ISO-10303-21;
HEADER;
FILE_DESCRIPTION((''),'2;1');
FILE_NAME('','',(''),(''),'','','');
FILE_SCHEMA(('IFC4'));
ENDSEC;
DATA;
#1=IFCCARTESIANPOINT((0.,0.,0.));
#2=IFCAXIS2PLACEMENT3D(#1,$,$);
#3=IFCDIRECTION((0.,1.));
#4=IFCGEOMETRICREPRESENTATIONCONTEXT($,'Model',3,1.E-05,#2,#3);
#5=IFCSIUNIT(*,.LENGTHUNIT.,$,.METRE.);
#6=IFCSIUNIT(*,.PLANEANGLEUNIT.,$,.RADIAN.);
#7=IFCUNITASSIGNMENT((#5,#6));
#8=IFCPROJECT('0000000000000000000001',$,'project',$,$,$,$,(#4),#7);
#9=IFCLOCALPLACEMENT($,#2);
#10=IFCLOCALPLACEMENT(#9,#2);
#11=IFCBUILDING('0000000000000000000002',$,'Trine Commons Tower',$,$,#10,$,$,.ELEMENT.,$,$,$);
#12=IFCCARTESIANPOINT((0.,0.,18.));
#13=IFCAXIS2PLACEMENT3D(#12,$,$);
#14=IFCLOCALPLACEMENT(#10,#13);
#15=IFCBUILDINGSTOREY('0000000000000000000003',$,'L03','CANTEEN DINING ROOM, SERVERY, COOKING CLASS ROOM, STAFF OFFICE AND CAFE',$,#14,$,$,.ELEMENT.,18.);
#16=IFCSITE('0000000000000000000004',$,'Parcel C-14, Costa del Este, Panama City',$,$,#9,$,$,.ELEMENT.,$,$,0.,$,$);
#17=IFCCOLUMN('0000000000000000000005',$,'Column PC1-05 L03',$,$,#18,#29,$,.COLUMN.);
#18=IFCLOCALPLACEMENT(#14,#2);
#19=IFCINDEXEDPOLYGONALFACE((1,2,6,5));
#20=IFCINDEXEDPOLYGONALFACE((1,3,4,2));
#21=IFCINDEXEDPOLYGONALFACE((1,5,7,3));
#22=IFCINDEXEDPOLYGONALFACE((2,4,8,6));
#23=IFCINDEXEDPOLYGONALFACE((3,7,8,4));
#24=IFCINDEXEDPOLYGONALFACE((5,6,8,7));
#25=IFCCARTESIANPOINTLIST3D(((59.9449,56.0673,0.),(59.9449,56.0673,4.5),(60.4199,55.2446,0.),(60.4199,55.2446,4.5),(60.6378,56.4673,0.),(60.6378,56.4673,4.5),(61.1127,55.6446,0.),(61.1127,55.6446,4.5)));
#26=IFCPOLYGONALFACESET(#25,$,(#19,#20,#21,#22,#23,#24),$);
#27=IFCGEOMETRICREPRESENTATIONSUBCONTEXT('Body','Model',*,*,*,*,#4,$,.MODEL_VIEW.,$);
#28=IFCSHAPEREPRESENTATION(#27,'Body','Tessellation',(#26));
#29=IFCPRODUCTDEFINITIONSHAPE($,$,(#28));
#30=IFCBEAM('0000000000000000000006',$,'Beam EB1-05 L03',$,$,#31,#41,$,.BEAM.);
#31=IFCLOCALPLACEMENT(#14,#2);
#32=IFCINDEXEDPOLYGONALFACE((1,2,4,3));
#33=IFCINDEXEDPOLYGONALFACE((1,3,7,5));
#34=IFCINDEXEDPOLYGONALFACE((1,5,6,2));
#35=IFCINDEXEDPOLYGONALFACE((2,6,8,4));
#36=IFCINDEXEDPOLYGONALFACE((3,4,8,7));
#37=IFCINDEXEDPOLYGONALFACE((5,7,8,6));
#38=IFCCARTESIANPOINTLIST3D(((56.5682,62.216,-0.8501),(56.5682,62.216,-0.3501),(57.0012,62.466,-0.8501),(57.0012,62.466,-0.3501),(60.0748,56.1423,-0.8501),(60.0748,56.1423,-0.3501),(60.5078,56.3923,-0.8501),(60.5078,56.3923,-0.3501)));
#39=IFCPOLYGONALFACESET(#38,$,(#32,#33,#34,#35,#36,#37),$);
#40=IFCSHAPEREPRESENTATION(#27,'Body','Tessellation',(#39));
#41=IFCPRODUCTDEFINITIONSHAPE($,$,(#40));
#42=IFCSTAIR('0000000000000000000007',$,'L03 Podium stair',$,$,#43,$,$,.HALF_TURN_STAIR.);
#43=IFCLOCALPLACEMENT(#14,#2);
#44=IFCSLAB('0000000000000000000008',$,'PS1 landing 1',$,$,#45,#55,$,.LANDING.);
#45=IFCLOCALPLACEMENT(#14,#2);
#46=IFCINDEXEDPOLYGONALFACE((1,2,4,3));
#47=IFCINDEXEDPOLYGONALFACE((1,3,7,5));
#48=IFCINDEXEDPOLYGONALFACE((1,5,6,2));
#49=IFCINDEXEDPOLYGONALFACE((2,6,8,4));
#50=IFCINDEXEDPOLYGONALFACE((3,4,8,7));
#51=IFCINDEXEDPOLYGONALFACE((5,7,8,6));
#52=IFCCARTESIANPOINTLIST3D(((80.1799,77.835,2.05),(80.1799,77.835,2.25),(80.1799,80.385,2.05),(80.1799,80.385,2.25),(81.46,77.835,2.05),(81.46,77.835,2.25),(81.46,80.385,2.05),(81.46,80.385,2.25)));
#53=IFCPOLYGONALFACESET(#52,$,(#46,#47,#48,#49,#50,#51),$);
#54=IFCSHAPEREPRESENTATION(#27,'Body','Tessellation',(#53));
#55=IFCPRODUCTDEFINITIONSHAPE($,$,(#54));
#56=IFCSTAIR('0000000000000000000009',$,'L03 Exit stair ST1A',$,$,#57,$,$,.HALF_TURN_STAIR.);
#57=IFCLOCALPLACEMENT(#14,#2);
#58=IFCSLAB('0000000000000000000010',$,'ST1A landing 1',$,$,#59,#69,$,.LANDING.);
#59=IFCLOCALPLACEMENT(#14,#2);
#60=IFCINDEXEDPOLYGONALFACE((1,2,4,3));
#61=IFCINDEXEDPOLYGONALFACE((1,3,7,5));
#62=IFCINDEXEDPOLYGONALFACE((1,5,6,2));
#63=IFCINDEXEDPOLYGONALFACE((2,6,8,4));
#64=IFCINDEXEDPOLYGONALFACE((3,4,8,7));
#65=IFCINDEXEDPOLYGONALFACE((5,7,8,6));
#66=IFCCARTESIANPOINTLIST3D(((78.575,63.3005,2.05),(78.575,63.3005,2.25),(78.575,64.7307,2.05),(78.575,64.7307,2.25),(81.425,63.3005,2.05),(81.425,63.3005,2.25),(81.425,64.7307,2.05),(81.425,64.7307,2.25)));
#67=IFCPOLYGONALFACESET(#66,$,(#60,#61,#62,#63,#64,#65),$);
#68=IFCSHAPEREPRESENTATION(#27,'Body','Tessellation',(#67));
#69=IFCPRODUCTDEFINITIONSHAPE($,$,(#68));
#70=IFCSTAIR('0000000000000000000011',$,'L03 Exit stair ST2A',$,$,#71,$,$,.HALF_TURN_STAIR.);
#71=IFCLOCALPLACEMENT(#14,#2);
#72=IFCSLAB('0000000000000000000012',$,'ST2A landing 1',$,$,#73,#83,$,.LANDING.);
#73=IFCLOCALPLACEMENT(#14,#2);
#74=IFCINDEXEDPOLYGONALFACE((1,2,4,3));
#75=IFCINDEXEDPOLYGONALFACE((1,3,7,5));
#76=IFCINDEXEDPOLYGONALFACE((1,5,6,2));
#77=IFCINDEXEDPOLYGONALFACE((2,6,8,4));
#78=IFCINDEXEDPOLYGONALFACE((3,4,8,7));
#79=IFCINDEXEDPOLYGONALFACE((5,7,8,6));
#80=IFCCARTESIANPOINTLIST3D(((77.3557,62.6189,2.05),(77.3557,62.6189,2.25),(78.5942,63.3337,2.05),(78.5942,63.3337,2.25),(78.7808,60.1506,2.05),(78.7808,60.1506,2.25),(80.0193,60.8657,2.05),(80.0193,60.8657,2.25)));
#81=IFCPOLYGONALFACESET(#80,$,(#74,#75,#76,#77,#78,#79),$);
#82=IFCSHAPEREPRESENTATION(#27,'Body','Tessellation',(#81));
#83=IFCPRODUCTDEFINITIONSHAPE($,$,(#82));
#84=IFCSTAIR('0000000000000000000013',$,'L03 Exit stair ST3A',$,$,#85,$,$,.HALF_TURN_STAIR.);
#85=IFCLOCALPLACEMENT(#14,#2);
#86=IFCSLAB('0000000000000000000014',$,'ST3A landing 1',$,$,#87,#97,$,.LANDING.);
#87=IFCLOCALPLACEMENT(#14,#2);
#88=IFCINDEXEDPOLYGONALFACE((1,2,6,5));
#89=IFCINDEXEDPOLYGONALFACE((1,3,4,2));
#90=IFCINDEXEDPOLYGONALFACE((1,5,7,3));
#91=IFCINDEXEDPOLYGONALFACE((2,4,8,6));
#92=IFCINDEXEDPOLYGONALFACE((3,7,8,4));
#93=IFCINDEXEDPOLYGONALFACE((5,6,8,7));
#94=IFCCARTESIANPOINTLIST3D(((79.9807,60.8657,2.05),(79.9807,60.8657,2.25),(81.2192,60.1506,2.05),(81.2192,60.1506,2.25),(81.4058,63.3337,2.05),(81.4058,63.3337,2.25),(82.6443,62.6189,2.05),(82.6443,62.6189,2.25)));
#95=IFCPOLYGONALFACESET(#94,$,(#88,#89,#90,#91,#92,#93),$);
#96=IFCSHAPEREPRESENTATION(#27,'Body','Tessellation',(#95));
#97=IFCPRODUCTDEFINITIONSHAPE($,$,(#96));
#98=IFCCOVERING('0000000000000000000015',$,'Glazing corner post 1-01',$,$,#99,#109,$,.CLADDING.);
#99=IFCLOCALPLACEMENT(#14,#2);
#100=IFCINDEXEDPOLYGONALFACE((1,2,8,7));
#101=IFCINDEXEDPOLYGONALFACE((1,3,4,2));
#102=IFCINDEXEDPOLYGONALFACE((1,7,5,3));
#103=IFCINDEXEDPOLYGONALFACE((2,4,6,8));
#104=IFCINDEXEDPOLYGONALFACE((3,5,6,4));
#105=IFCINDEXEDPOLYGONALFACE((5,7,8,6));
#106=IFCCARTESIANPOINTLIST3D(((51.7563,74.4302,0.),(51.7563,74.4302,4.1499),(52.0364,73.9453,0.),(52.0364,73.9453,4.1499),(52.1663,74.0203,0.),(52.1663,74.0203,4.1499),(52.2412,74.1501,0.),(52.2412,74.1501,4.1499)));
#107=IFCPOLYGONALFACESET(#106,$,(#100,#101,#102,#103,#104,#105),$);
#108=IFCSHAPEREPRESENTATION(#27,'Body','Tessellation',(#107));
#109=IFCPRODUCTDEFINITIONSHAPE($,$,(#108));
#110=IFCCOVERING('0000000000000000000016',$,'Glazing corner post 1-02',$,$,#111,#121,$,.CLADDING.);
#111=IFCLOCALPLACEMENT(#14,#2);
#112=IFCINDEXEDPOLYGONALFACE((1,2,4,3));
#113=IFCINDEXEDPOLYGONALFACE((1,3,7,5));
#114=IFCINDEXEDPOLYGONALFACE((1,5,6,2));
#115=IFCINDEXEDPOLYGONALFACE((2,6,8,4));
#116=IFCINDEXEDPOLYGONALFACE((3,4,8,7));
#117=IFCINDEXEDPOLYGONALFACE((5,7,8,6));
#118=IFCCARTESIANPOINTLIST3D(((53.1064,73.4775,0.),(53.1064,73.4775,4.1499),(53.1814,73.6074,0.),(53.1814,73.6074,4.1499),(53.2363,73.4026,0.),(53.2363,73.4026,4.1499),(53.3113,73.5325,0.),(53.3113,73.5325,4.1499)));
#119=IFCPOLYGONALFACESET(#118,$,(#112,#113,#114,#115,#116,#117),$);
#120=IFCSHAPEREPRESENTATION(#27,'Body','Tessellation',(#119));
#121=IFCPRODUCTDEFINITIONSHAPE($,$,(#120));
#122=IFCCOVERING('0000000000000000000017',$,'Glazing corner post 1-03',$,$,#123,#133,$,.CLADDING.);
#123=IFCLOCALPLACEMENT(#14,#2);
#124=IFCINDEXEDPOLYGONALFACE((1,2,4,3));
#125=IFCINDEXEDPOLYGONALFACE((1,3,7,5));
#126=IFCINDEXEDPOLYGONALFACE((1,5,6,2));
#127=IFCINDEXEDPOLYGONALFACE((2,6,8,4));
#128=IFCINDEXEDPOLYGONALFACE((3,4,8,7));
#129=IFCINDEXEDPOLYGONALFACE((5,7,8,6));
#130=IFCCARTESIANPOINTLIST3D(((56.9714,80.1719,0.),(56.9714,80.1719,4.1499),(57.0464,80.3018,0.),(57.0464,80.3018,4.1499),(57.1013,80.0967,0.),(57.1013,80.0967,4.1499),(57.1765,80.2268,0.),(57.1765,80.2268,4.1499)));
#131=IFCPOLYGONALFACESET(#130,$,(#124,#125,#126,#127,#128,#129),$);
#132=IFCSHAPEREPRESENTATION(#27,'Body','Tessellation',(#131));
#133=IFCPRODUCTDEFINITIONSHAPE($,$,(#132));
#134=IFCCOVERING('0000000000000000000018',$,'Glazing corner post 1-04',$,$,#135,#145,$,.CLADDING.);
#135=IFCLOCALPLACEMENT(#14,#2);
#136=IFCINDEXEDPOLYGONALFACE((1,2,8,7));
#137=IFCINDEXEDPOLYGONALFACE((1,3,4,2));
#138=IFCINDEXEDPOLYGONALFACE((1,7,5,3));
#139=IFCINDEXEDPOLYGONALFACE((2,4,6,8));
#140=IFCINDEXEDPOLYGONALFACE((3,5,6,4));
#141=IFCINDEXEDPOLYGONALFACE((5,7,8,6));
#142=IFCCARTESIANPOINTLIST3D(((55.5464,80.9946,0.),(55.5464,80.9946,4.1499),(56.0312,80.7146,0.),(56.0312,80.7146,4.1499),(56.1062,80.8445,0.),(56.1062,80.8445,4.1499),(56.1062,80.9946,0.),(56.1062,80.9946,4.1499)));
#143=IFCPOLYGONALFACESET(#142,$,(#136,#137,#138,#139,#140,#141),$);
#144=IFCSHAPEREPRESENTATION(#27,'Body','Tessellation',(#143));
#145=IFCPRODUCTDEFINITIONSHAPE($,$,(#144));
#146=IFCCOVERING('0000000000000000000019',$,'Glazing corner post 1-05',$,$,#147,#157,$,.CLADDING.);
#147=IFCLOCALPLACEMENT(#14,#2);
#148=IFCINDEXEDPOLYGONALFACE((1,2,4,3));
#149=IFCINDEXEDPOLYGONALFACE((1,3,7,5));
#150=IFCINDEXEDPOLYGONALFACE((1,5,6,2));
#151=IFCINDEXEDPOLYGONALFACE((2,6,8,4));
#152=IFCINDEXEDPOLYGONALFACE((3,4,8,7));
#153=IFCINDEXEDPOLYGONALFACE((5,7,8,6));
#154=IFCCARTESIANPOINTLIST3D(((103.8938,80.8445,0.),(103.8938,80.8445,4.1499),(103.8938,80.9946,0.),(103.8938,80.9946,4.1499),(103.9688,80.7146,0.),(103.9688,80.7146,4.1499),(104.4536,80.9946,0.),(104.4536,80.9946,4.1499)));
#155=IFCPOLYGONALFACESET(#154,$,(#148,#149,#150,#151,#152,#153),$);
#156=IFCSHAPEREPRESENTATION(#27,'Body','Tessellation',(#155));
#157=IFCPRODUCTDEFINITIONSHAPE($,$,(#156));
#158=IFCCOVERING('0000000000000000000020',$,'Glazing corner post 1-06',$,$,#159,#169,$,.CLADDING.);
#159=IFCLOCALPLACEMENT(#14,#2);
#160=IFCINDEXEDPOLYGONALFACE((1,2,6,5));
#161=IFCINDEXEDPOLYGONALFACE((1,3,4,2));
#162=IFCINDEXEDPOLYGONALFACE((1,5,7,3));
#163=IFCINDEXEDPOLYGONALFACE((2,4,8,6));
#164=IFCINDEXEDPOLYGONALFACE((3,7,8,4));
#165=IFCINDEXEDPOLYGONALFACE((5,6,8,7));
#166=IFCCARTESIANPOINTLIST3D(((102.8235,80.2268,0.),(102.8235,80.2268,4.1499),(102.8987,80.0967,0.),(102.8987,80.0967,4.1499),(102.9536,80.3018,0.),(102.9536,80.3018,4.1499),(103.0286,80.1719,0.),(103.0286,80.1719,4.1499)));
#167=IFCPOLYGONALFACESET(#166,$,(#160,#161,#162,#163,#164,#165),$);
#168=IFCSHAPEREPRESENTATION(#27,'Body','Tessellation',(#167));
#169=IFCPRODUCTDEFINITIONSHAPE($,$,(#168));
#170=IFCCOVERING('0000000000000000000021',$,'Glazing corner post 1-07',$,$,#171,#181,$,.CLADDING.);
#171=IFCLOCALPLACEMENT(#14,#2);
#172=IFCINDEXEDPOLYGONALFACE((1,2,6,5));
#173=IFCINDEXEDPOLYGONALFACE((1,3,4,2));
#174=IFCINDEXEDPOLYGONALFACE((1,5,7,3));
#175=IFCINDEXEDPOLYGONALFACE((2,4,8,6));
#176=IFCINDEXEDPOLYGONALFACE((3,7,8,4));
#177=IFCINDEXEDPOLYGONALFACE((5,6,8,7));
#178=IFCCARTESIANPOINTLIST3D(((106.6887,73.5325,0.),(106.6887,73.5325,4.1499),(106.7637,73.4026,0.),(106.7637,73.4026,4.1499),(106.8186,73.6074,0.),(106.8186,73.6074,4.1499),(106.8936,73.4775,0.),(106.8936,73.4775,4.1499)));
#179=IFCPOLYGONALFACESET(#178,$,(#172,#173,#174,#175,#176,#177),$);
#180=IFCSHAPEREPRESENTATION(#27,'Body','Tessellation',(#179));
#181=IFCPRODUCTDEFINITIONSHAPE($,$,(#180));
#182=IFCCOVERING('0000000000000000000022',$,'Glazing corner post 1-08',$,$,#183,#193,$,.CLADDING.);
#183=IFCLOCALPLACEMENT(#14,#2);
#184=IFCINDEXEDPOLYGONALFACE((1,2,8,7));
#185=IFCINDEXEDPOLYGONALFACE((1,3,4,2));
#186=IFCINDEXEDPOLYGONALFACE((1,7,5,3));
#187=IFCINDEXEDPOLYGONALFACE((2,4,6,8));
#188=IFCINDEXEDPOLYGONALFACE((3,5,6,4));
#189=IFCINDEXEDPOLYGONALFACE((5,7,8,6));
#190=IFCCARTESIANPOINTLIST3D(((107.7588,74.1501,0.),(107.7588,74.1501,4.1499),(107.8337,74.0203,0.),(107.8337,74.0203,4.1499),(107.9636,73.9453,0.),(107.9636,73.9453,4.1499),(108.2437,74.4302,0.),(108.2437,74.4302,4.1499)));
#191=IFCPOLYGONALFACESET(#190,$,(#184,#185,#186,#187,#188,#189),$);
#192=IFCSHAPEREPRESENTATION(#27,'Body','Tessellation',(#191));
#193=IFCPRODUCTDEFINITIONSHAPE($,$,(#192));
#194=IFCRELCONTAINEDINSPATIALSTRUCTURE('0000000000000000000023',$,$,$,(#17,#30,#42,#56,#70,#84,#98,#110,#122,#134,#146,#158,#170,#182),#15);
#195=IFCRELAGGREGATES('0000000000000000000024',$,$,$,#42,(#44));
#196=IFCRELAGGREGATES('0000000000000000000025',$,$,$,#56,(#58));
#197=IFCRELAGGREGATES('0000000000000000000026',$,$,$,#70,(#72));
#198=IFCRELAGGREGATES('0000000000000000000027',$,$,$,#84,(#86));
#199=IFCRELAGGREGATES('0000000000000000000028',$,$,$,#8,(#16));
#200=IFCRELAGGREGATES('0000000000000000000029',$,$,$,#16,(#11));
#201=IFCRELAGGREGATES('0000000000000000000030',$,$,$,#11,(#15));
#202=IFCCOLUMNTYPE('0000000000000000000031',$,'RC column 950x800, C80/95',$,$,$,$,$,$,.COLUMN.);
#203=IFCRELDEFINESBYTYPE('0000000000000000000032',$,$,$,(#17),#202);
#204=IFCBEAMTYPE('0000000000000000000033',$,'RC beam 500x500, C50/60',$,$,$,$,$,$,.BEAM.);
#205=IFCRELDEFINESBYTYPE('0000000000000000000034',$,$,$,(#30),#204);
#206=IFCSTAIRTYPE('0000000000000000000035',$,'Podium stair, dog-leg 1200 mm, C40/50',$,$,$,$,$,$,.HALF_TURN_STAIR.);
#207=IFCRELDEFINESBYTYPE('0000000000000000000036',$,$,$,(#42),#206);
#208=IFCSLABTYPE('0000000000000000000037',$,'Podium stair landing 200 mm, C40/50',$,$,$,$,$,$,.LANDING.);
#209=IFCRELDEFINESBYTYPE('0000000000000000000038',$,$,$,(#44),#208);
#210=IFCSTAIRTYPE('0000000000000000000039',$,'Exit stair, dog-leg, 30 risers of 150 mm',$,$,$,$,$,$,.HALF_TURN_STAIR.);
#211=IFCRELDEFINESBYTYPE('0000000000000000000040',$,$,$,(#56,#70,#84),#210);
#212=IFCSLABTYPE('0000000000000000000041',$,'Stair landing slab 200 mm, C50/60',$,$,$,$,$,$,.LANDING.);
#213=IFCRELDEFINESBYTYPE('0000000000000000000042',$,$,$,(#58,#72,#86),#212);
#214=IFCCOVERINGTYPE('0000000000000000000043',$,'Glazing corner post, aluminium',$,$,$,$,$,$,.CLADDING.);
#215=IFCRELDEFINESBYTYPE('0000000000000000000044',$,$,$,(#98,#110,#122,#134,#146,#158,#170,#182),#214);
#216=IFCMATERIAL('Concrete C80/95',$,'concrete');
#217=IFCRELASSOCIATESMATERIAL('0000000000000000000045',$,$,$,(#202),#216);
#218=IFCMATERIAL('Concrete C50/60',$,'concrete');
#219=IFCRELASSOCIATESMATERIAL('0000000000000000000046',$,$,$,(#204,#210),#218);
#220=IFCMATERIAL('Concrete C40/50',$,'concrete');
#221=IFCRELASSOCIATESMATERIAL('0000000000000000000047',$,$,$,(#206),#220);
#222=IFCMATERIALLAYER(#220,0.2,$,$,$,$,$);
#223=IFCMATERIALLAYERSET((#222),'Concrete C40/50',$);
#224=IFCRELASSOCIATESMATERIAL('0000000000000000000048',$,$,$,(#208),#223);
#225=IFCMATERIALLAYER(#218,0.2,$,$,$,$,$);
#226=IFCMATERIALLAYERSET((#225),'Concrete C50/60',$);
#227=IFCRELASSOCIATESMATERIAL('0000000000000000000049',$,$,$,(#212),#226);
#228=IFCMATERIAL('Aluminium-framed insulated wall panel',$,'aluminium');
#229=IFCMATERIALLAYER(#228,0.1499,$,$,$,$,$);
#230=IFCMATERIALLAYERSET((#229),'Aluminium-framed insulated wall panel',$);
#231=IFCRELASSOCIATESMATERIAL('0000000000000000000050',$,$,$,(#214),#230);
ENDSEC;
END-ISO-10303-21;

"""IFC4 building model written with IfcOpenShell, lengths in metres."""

from ifc_helpers import new_model, si_unit, direction, frame, origin, origin_2d, place, context, subcontext, project, spatial, polyline, rectangle, outline, extrude, material, layer, layer_set, material_profile, profile_set, type_object, element, aggregate, save


model = new_model("IFC4")

# Units and contexts
model_context = context("Model", 3, precision=1e-05, world=origin(), true_north=direction((0.0, 1.0)))
body_context = subcontext(model_context, "Body", "Model", "MODEL_VIEW")
ifc_project = project(units=[si_unit("LENGTHUNIT", "METRE"), si_unit("PLANEANGLEUNIT", "RADIAN")], contexts=[model_context])

# Site, building, storey
site_placement = place(None, origin())
site = spatial("IfcSite", under=ifc_project, at=site_placement, Name="Parcel C-14, Costa del Este, Panama City", CompositionType="ELEMENT", RefElevation=0.0)
building_placement = place(site_placement, origin())
building = spatial("IfcBuilding", under=site, at=building_placement, Name="Trine Commons Tower", CompositionType="ELEMENT")
storey_placement = place(building_placement, frame((0.0, 0.0, 18.0)))
storey = spatial("IfcBuildingStorey", under=building, at=storey_placement, Name="L03", Description="CANTEEN DINING ROOM, SERVERY, COOKING CLASS ROOM, STAFF OFFICE AND CAFE", CompositionType="ELEMENT", Elevation=18.0)

# Column
ifc_material_1 = material(Name="Concrete C80/95", Category="concrete")
ifc_material_profile_1 = material_profile(ifc_material_1, rectangle(XDim=0.95, YDim=0.8, at=origin_2d()), Name="RC 950x800")
ifc_profile_set_1 = profile_set([ifc_material_profile_1], Name="Concrete C80/95")
column_type = type_object("IfcColumnType", Name="RC column 950x800, C80/95", PredefinedType="COLUMN", material=ifc_profile_set_1)
column_placement = place(storey_placement, frame((60.5288, 55.856, 0.0), z_axis=(0.0, 0.0, 1.0), x_axis=(-0.5, 0.866025, 0.0)))
element("IfcColumn", 1, at=column_placement, inside=storey, type_object=column_type, Name="Column PC1-05 L03", PredefinedType="COLUMN", context=body_context, shape_type="SweptSolid", body=[
    extrude(rectangle(XDim=0.95, YDim=0.8, at=origin_2d()), origin(), (0.0, 0.0, 1.0), 4.5),
])

# Beam
ifc_material_2 = material(Name="Concrete C50/60", Category="concrete")
ifc_material_profile_2 = material_profile(ifc_material_2, rectangle(XDim=0.5, YDim=0.5, at=origin_2d()), Name="RC 500x500")
ifc_profile_set_2 = profile_set([ifc_material_profile_2], Name="Concrete C50/60")
beam_type = type_object("IfcBeamType", Name="RC beam 500x500, C50/60", PredefinedType="BEAM", material=ifc_profile_set_2)
beam_placement = place(storey_placement, frame((60.2913, 56.2673, -0.6001), z_axis=(-0.499992, 0.86603, 0.0), x_axis=(-0.86603, -0.499992, 0.0)))
element("IfcBeam", 2, at=beam_placement, inside=storey, type_object=beam_type, Name="Beam EB1-05 L03", PredefinedType="BEAM", context=body_context, shape_type="SweptSolid", body=[
    extrude(rectangle(XDim=0.5, YDim=0.5, at=origin_2d()), origin(), (0.0, 0.0, 1.0), 7.0132),
])

# Stairs, slabs
ifc_material_3 = material(Name="Concrete C40/50", Category="concrete")
stair_type_1 = type_object("IfcStairType", Name="Podium stair, dog-leg 1200 mm, C40/50", PredefinedType="HALF_TURN_STAIR", material=ifc_material_3)
stair_1_placement = place(storey_placement, origin())
stair_1 = element("IfcStair", 3, at=stair_1_placement, inside=storey, type_object=stair_type_1, Name="L03 Podium stair", PredefinedType="HALF_TURN_STAIR")
ifc_layer_1 = layer(ifc_material_3, 0.2)
ifc_layer_set_1 = layer_set([ifc_layer_1], Name="Concrete C40/50")
slab_type_1 = type_object("IfcSlabType", Name="Podium stair landing 200 mm, C40/50", PredefinedType="LANDING", material=ifc_layer_set_1)
slab_1_placement = place(storey_placement, frame((0.0, 0.0, 2.05)))
slab_1 = element("IfcSlab", 4, at=slab_1_placement, type_object=slab_type_1, Name="PS1 landing 1", PredefinedType="LANDING", context=body_context, shape_type="SweptSolid", body=[
    extrude(outline(polyline([(80.1799, 77.835), (81.46, 77.835), (81.46, 80.385), (80.1799, 80.385), (80.1799, 77.835)])), origin(), (0.0, 0.0, 1.0), 0.2),
])
aggregate(stair_1, [slab_1])
stair_type_2 = type_object("IfcStairType", Name="Exit stair, dog-leg, 30 risers of 150 mm", PredefinedType="HALF_TURN_STAIR", material=ifc_material_2)
stair_2_placement = place(storey_placement, origin())
stair_2 = element("IfcStair", 5, at=stair_2_placement, inside=storey, type_object=stair_type_2, Name="L03 Exit stair ST1A", PredefinedType="HALF_TURN_STAIR")
ifc_layer_2 = layer(ifc_material_2, 0.2)
ifc_layer_set_2 = layer_set([ifc_layer_2], Name="Concrete C50/60")
slab_type_2 = type_object("IfcSlabType", Name="Stair landing slab 200 mm, C50/60", PredefinedType="LANDING", material=ifc_layer_set_2)
slab_2_placement = place(storey_placement, frame((0.0, 0.0, 2.05)))
slab_2 = element("IfcSlab", 6, at=slab_2_placement, type_object=slab_type_2, Name="ST1A landing 1", PredefinedType="LANDING", context=body_context, shape_type="SweptSolid", body=[
    extrude(outline(polyline([(78.575, 64.7307), (78.575, 63.3005), (81.425, 63.3005), (81.425, 64.7307), (78.575, 64.7307)])), origin(), (0.0, 0.0, 1.0), 0.2),
])
aggregate(stair_2, [slab_2])
stair_3_placement = place(storey_placement, origin())
stair_3 = element("IfcStair", 7, at=stair_3_placement, inside=storey, type_object=stair_type_2, Name="L03 Exit stair ST2A", PredefinedType="HALF_TURN_STAIR")
slab_3_placement = place(storey_placement, frame((0.0, 0.0, 2.05)))
slab_3 = element("IfcSlab", 8, at=slab_3_placement, type_object=slab_type_2, Name="ST2A landing 1", PredefinedType="LANDING", context=body_context, shape_type="SweptSolid", body=[
    extrude(outline(polyline([(78.7808, 60.1506), (80.0193, 60.8657), (78.5942, 63.3337), (77.3557, 62.6189), (78.7808, 60.1506)])), origin(), (0.0, 0.0, 1.0), 0.2),
])
aggregate(stair_3, [slab_3])
stair_4_placement = place(storey_placement, origin())
stair_4 = element("IfcStair", 9, at=stair_4_placement, inside=storey, type_object=stair_type_2, Name="L03 Exit stair ST3A", PredefinedType="HALF_TURN_STAIR")
slab_4_placement = place(storey_placement, frame((0.0, 0.0, 2.05)))
slab_4 = element("IfcSlab", 10, at=slab_4_placement, type_object=slab_type_2, Name="ST3A landing 1", PredefinedType="LANDING", context=body_context, shape_type="SweptSolid", body=[
    extrude(outline(polyline([(82.6443, 62.6189), (81.4058, 63.3337), (79.9807, 60.8657), (81.2192, 60.1506), (82.6443, 62.6189)])), origin(), (0.0, 0.0, 1.0), 0.2),
])
aggregate(stair_4, [slab_4])

# Coverings
ifc_material_4 = material(Name="Aluminium-framed insulated wall panel", Category="aluminium")
ifc_layer_3 = layer(ifc_material_4, 0.1499)
ifc_layer_set_3 = layer_set([ifc_layer_3], Name="Aluminium-framed insulated wall panel")
covering_type_1 = type_object("IfcCoveringType", Name="Glazing corner post, aluminium", PredefinedType="CLADDING", material=ifc_layer_set_3)
covering_1_placement = place(storey_placement, origin())
element("IfcCovering", 11, at=covering_1_placement, inside=storey, type_object=covering_type_1, Name="Glazing corner post 1-01", PredefinedType="CLADDING", context=body_context, shape_type="SweptSolid", body=[
    extrude(outline(polyline([(51.7563, 74.4302), (51.7563, 74.4302), (52.0364, 73.9453), (52.1663, 74.0203), (52.1663, 74.0203), (52.1663, 74.0203), (52.1663, 74.0203), (52.2412, 74.1501), (51.7563, 74.4302)])), origin(), (0.0, 0.0, 1.0), 4.1499),
])
covering_2_placement = place(storey_placement, origin())
element("IfcCovering", 12, at=covering_2_placement, inside=storey, type_object=covering_type_1, Name="Glazing corner post 1-02", PredefinedType="CLADDING", context=body_context, shape_type="SweptSolid", body=[
    extrude(outline(polyline([(53.1064, 73.4775), (53.2363, 73.4026), (53.3113, 73.5325), (53.1814, 73.6074), (53.1064, 73.4775)])), origin(), (0.0, 0.0, 1.0), 4.1499),
])
covering_3_placement = place(storey_placement, origin())
element("IfcCovering", 13, at=covering_3_placement, inside=storey, type_object=covering_type_1, Name="Glazing corner post 1-03", PredefinedType="CLADDING", context=body_context, shape_type="SweptSolid", body=[
    extrude(outline(polyline([(57.1013, 80.0967), (57.1765, 80.2268), (57.0464, 80.3018), (56.9714, 80.1719), (57.1013, 80.0967)])), origin(), (0.0, 0.0, 1.0), 4.1499),
])
covering_4_placement = place(storey_placement, origin())
element("IfcCovering", 14, at=covering_4_placement, inside=storey, type_object=covering_type_1, Name="Glazing corner post 1-04", PredefinedType="CLADDING", context=body_context, shape_type="SweptSolid", body=[
    extrude(outline(polyline([(56.0312, 80.7146), (56.1062, 80.8445), (56.1062, 80.9946), (55.5464, 80.9946), (56.0312, 80.7146)])), origin(), (0.0, 0.0, 1.0), 4.1499),
])
covering_5_placement = place(storey_placement, origin())
element("IfcCovering", 15, at=covering_5_placement, inside=storey, type_object=covering_type_1, Name="Glazing corner post 1-05", PredefinedType="CLADDING", context=body_context, shape_type="SweptSolid", body=[
    extrude(outline(polyline([(103.9688, 80.7146), (104.4536, 80.9946), (103.8938, 80.9946), (103.8938, 80.8445), (103.9688, 80.7146)])), origin(), (0.0, 0.0, 1.0), 4.1499),
])
covering_6_placement = place(storey_placement, origin())
element("IfcCovering", 16, at=covering_6_placement, inside=storey, type_object=covering_type_1, Name="Glazing corner post 1-06", PredefinedType="CLADDING", context=body_context, shape_type="SweptSolid", body=[
    extrude(outline(polyline([(102.8987, 80.0967), (103.0286, 80.1719), (102.9536, 80.3018), (102.8235, 80.2268), (102.8987, 80.0967)])), origin(), (0.0, 0.0, 1.0), 4.1499),
])
covering_7_placement = place(storey_placement, origin())
element("IfcCovering", 17, at=covering_7_placement, inside=storey, type_object=covering_type_1, Name="Glazing corner post 1-07", PredefinedType="CLADDING", context=body_context, shape_type="SweptSolid", body=[
    extrude(outline(polyline([(106.6887, 73.5325), (106.7637, 73.4026), (106.8936, 73.4775), (106.8186, 73.6074), (106.6887, 73.5325)])), origin(), (0.0, 0.0, 1.0), 4.1499),
])
covering_8_placement = place(storey_placement, origin())
element("IfcCovering", 18, at=covering_8_placement, inside=storey, type_object=covering_type_1, Name="Glazing corner post 1-08", PredefinedType="CLADDING", context=body_context, shape_type="SweptSolid", body=[
    extrude(outline(polyline([(107.9636, 73.9453), (108.2437, 74.4302), (107.7588, 74.1501), (107.8337, 74.0203), (107.9636, 73.9453)])), origin(), (0.0, 0.0, 1.0), 4.1499),
])

save(model, "model.ifc")
